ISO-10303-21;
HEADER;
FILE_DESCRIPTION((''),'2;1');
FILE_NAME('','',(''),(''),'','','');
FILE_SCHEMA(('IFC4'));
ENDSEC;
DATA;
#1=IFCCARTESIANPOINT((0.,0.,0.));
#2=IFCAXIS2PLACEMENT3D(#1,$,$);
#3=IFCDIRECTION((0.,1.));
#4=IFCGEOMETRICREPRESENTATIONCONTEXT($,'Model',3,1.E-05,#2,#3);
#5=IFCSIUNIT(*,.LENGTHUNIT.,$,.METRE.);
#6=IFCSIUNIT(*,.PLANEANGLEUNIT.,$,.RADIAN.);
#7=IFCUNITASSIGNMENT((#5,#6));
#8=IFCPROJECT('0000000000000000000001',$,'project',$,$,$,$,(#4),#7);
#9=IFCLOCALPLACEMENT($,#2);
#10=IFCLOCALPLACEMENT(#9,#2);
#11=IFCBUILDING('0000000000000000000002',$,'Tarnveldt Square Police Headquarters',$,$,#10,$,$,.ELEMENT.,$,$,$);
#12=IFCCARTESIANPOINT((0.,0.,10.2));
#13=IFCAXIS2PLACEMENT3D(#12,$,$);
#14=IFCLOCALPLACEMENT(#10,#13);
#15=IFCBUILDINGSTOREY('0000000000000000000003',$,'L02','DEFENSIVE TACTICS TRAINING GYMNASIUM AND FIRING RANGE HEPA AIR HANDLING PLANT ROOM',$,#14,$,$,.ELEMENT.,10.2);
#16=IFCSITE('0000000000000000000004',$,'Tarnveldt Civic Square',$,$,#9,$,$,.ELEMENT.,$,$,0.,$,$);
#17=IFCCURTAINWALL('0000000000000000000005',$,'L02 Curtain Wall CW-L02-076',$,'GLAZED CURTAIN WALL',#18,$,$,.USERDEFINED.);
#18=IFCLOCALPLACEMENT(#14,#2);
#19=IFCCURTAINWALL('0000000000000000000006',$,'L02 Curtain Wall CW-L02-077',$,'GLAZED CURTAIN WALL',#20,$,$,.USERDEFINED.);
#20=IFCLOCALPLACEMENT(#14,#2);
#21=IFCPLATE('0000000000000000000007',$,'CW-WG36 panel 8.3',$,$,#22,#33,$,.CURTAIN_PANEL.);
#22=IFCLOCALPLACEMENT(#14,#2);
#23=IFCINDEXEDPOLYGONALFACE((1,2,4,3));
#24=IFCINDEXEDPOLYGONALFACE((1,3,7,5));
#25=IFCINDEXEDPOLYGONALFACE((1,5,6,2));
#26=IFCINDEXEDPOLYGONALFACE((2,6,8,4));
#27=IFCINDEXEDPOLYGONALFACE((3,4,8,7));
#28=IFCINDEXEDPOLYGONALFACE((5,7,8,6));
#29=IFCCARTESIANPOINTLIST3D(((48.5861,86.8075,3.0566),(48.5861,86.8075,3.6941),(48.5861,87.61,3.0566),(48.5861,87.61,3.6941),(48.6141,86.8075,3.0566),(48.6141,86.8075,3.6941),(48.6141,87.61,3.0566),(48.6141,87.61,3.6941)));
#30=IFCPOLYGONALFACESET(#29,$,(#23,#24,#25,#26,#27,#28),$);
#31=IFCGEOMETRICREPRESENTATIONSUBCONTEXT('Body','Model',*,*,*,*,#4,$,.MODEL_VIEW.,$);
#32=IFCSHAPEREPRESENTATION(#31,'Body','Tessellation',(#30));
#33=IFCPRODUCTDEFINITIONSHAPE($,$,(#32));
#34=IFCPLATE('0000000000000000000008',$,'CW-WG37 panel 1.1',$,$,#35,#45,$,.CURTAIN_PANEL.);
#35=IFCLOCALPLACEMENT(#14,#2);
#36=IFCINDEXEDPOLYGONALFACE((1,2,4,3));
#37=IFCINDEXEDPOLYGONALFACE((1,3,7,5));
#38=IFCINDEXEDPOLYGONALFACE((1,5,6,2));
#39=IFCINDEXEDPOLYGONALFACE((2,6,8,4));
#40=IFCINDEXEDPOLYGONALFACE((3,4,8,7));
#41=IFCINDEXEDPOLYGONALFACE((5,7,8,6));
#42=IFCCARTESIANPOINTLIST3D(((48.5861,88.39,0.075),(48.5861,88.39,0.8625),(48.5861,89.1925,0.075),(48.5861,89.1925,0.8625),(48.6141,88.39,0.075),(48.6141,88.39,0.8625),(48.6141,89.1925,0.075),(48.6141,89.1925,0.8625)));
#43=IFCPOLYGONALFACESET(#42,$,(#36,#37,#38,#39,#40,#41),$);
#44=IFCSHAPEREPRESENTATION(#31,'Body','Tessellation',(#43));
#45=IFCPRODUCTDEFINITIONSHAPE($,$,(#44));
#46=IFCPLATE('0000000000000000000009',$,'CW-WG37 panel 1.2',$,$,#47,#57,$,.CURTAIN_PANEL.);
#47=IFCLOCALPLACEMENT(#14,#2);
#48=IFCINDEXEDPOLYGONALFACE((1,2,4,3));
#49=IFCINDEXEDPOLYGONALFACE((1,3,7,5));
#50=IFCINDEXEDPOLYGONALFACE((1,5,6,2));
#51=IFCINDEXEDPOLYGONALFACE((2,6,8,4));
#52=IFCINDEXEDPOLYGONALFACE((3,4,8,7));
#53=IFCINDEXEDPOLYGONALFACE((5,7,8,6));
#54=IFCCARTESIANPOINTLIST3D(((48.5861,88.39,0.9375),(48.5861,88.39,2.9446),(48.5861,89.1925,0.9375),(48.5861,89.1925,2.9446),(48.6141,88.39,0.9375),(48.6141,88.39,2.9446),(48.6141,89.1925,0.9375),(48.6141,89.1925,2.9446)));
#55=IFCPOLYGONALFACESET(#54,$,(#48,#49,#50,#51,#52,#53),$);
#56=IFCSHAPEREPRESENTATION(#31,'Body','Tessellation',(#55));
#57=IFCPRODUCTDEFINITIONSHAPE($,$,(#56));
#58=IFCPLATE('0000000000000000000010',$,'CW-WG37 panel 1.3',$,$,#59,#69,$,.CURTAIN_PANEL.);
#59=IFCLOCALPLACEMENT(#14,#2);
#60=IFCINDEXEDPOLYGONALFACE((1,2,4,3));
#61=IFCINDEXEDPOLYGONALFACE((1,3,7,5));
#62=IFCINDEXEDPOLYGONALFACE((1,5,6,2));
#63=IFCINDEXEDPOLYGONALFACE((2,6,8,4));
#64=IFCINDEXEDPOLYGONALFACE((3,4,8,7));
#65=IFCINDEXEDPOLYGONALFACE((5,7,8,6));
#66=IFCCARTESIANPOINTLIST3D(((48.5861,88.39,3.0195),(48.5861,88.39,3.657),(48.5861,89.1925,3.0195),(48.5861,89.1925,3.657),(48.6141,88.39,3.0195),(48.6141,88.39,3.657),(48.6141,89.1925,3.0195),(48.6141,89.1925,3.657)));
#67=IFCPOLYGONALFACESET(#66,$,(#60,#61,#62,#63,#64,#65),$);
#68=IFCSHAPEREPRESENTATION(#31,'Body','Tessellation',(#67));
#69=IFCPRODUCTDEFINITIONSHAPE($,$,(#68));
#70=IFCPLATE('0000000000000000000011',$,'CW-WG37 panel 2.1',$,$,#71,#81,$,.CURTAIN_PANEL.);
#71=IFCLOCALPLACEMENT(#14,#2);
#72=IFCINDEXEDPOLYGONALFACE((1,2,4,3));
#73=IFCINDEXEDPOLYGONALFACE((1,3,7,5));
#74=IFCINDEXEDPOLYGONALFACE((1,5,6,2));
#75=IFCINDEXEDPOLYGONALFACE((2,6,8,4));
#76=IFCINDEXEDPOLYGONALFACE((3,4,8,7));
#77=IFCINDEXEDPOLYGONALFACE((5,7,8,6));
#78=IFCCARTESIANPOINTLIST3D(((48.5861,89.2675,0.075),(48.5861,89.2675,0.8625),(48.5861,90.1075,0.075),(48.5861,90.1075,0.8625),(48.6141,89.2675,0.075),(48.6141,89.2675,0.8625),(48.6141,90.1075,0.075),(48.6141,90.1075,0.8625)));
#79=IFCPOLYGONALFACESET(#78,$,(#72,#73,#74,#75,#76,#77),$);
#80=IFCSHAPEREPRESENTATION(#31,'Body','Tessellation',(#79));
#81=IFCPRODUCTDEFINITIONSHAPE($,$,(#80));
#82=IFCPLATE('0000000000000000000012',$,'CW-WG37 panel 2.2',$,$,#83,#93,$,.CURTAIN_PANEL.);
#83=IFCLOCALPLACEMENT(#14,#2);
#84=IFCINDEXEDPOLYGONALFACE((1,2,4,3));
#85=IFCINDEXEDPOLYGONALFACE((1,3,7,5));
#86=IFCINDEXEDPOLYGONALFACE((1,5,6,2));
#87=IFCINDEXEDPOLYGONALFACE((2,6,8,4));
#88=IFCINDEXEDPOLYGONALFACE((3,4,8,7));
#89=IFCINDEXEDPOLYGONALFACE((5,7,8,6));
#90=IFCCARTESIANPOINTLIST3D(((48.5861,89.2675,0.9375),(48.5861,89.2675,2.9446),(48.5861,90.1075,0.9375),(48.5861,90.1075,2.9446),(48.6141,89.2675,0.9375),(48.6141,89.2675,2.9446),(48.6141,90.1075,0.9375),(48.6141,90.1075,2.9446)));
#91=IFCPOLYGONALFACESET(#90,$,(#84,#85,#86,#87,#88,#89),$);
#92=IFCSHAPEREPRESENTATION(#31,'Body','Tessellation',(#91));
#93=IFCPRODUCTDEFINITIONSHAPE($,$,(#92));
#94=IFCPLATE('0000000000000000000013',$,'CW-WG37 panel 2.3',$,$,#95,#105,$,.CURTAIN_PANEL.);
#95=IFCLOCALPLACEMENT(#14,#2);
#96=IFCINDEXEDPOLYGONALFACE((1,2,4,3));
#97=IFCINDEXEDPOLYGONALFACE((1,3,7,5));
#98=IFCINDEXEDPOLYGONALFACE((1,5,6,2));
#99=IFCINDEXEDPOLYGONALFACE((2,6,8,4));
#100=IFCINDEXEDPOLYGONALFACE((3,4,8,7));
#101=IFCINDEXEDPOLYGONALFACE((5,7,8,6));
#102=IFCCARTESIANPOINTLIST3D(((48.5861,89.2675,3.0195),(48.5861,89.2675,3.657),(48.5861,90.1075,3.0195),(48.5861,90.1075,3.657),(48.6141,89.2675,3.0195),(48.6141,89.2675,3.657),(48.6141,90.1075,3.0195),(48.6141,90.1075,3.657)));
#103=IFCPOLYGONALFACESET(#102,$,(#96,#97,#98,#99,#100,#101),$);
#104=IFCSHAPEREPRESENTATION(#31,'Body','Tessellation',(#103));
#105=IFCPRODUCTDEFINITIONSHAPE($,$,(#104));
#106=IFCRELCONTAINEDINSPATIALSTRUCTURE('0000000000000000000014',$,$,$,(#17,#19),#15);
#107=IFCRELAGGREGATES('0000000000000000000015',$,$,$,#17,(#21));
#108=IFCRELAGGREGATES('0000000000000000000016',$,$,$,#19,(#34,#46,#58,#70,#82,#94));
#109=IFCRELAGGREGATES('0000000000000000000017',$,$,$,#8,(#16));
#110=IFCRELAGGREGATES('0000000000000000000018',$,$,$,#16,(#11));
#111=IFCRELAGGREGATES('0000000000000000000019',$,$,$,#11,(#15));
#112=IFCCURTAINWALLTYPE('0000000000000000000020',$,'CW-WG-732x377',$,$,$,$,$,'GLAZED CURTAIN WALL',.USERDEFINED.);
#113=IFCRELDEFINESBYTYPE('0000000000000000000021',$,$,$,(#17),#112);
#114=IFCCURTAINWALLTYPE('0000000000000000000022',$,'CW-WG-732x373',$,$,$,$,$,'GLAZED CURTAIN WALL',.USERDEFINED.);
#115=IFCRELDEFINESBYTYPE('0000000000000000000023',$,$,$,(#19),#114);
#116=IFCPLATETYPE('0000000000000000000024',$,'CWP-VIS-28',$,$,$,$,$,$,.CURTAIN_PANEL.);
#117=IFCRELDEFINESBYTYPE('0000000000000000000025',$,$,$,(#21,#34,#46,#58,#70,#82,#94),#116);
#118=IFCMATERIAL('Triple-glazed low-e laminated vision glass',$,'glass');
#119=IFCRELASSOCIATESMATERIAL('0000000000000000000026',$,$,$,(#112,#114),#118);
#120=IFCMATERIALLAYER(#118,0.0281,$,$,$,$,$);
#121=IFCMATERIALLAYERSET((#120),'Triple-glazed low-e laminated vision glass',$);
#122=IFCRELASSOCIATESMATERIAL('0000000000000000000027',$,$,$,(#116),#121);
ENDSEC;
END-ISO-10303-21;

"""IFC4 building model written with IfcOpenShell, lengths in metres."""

from ifc_helpers import new_model, si_unit, direction, frame, origin, origin_2d, place, context, subcontext, project, spatial, rectangle, extrude, material, layer, layer_set, type_object, element, aggregate, save


model = new_model("IFC4")

# Units and contexts
model_context = context("Model", 3, precision=1e-05, world=origin(), true_north=direction((0.0, 1.0)))
body_context = subcontext(model_context, "Body", "Model", "MODEL_VIEW")
ifc_project = project(units=[si_unit("LENGTHUNIT", "METRE"), si_unit("PLANEANGLEUNIT", "RADIAN")], contexts=[model_context])

# Site, building, storey
site_placement = place(None, origin())
site = spatial("IfcSite", under=ifc_project, at=site_placement, Name="Tarnveldt Civic Square", CompositionType="ELEMENT", RefElevation=0.0)
building_placement = place(site_placement, origin())
building = spatial("IfcBuilding", under=site, at=building_placement, Name="Tarnveldt Square Police Headquarters", CompositionType="ELEMENT")
storey_placement = place(building_placement, frame((0.0, 0.0, 10.2)))
storey = spatial("IfcBuildingStorey", under=building, at=storey_placement, Name="L02", Description="DEFENSIVE TACTICS TRAINING GYMNASIUM AND FIRING RANGE HEPA AIR HANDLING PLANT ROOM", CompositionType="ELEMENT", Elevation=10.2)

# Curtain wall
ifc_material_1 = material(Name="Triple-glazed low-e laminated vision glass", Category="glass")
curtain_wall_type_1 = type_object("IfcCurtainWallType", Name="CW-WG-732x377", ElementType="GLAZED CURTAIN WALL", PredefinedType="USERDEFINED", material=ifc_material_1)
curtain_wall_1_placement = place(storey_placement, origin())
curtain_wall_1 = element("IfcCurtainWall", 1, at=curtain_wall_1_placement, inside=storey, type_object=curtain_wall_type_1, Name="L02 Curtain Wall CW-L02-076", ObjectType="GLAZED CURTAIN WALL", PredefinedType="USERDEFINED")

# Curtain wall
curtain_wall_type_2 = type_object("IfcCurtainWallType", Name="CW-WG-732x373", ElementType="GLAZED CURTAIN WALL", PredefinedType="USERDEFINED", material=ifc_material_1)
curtain_wall_2_placement = place(storey_placement, origin())
curtain_wall_2 = element("IfcCurtainWall", 2, at=curtain_wall_2_placement, inside=storey, type_object=curtain_wall_type_2, Name="L02 Curtain Wall CW-L02-077", ObjectType="GLAZED CURTAIN WALL", PredefinedType="USERDEFINED")

# Plates
ifc_layer = layer(ifc_material_1, 0.0281)
ifc_layer_set = layer_set([ifc_layer], Name="Triple-glazed low-e laminated vision glass")
plate_type = type_object("IfcPlateType", Name="CWP-VIS-28", PredefinedType="CURTAIN_PANEL", material=ifc_layer_set)
plate_1_placement = place(storey_placement, frame((48.6001, 87.2087, 3.0566), z_axis=(0.0, 0.0, 1.0), x_axis=(0.0, 1.0, 0.0)))
plate_1 = element("IfcPlate", 3, at=plate_1_placement, type_object=plate_type, Name="CW-WG36 panel 8.3", PredefinedType="CURTAIN_PANEL", context=body_context, shape_type="SweptSolid", body=[
    extrude(rectangle(XDim=0.8025, YDim=0.0281, at=origin_2d()), origin(), (0.0, 0.0, 1.0), 0.6375),
])
aggregate(curtain_wall_1, [plate_1])
plate_2_placement = place(storey_placement, frame((48.6001, 88.7913, 0.075), z_axis=(0.0, 0.0, 1.0), x_axis=(0.0, 1.0, 0.0)))
plate_2 = element("IfcPlate", 4, at=plate_2_placement, type_object=plate_type, Name="CW-WG37 panel 1.1", PredefinedType="CURTAIN_PANEL", context=body_context, shape_type="SweptSolid", body=[
    extrude(rectangle(XDim=0.8025, YDim=0.0281, at=origin_2d()), origin(), (0.0, 0.0, 1.0), 0.7876),
])
plate_3_placement = place(storey_placement, frame((48.6001, 88.7913, 0.9375), z_axis=(0.0, 0.0, 1.0), x_axis=(0.0, 1.0, 0.0)))
plate_3 = element("IfcPlate", 5, at=plate_3_placement, type_object=plate_type, Name="CW-WG37 panel 1.2", PredefinedType="CURTAIN_PANEL", context=body_context, shape_type="SweptSolid", body=[
    extrude(rectangle(XDim=0.8025, YDim=0.0281, at=origin_2d()), origin(), (0.0, 0.0, 1.0), 2.0071),
])
plate_4_placement = place(storey_placement, frame((48.6001, 88.7913, 3.0195), z_axis=(0.0, 0.0, 1.0), x_axis=(0.0, 1.0, 0.0)))
plate_4 = element("IfcPlate", 6, at=plate_4_placement, type_object=plate_type, Name="CW-WG37 panel 1.3", PredefinedType="CURTAIN_PANEL", context=body_context, shape_type="SweptSolid", body=[
    extrude(rectangle(XDim=0.8025, YDim=0.0281, at=origin_2d()), origin(), (0.0, 0.0, 1.0), 0.6375),
])
plate_5_placement = place(storey_placement, frame((48.6001, 89.6875, 0.075), z_axis=(0.0, 0.0, 1.0), x_axis=(0.0, 1.0, 0.0)))
plate_5 = element("IfcPlate", 7, at=plate_5_placement, type_object=plate_type, Name="CW-WG37 panel 2.1", PredefinedType="CURTAIN_PANEL", context=body_context, shape_type="SweptSolid", body=[
    extrude(rectangle(XDim=0.8401, YDim=0.0281, at=origin_2d()), origin(), (0.0, 0.0, 1.0), 0.7876),
])
plate_6_placement = place(storey_placement, frame((48.6001, 89.6875, 0.9375), z_axis=(0.0, 0.0, 1.0), x_axis=(0.0, 1.0, 0.0)))
plate_6 = element("IfcPlate", 8, at=plate_6_placement, type_object=plate_type, Name="CW-WG37 panel 2.2", PredefinedType="CURTAIN_PANEL", context=body_context, shape_type="SweptSolid", body=[
    extrude(rectangle(XDim=0.8401, YDim=0.0281, at=origin_2d()), origin(), (0.0, 0.0, 1.0), 2.0071),
])
plate_7_placement = place(storey_placement, frame((48.6001, 89.6875, 3.0195), z_axis=(0.0, 0.0, 1.0), x_axis=(0.0, 1.0, 0.0)))
plate_7 = element("IfcPlate", 9, at=plate_7_placement, type_object=plate_type, Name="CW-WG37 panel 2.3", PredefinedType="CURTAIN_PANEL", context=body_context, shape_type="SweptSolid", body=[
    extrude(rectangle(XDim=0.8401, YDim=0.0281, at=origin_2d()), origin(), (0.0, 0.0, 1.0), 0.6375),
])
aggregate(curtain_wall_2, [plate_2, plate_3, plate_4, plate_5, plate_6, plate_7])

save(model, "model.ifc")
